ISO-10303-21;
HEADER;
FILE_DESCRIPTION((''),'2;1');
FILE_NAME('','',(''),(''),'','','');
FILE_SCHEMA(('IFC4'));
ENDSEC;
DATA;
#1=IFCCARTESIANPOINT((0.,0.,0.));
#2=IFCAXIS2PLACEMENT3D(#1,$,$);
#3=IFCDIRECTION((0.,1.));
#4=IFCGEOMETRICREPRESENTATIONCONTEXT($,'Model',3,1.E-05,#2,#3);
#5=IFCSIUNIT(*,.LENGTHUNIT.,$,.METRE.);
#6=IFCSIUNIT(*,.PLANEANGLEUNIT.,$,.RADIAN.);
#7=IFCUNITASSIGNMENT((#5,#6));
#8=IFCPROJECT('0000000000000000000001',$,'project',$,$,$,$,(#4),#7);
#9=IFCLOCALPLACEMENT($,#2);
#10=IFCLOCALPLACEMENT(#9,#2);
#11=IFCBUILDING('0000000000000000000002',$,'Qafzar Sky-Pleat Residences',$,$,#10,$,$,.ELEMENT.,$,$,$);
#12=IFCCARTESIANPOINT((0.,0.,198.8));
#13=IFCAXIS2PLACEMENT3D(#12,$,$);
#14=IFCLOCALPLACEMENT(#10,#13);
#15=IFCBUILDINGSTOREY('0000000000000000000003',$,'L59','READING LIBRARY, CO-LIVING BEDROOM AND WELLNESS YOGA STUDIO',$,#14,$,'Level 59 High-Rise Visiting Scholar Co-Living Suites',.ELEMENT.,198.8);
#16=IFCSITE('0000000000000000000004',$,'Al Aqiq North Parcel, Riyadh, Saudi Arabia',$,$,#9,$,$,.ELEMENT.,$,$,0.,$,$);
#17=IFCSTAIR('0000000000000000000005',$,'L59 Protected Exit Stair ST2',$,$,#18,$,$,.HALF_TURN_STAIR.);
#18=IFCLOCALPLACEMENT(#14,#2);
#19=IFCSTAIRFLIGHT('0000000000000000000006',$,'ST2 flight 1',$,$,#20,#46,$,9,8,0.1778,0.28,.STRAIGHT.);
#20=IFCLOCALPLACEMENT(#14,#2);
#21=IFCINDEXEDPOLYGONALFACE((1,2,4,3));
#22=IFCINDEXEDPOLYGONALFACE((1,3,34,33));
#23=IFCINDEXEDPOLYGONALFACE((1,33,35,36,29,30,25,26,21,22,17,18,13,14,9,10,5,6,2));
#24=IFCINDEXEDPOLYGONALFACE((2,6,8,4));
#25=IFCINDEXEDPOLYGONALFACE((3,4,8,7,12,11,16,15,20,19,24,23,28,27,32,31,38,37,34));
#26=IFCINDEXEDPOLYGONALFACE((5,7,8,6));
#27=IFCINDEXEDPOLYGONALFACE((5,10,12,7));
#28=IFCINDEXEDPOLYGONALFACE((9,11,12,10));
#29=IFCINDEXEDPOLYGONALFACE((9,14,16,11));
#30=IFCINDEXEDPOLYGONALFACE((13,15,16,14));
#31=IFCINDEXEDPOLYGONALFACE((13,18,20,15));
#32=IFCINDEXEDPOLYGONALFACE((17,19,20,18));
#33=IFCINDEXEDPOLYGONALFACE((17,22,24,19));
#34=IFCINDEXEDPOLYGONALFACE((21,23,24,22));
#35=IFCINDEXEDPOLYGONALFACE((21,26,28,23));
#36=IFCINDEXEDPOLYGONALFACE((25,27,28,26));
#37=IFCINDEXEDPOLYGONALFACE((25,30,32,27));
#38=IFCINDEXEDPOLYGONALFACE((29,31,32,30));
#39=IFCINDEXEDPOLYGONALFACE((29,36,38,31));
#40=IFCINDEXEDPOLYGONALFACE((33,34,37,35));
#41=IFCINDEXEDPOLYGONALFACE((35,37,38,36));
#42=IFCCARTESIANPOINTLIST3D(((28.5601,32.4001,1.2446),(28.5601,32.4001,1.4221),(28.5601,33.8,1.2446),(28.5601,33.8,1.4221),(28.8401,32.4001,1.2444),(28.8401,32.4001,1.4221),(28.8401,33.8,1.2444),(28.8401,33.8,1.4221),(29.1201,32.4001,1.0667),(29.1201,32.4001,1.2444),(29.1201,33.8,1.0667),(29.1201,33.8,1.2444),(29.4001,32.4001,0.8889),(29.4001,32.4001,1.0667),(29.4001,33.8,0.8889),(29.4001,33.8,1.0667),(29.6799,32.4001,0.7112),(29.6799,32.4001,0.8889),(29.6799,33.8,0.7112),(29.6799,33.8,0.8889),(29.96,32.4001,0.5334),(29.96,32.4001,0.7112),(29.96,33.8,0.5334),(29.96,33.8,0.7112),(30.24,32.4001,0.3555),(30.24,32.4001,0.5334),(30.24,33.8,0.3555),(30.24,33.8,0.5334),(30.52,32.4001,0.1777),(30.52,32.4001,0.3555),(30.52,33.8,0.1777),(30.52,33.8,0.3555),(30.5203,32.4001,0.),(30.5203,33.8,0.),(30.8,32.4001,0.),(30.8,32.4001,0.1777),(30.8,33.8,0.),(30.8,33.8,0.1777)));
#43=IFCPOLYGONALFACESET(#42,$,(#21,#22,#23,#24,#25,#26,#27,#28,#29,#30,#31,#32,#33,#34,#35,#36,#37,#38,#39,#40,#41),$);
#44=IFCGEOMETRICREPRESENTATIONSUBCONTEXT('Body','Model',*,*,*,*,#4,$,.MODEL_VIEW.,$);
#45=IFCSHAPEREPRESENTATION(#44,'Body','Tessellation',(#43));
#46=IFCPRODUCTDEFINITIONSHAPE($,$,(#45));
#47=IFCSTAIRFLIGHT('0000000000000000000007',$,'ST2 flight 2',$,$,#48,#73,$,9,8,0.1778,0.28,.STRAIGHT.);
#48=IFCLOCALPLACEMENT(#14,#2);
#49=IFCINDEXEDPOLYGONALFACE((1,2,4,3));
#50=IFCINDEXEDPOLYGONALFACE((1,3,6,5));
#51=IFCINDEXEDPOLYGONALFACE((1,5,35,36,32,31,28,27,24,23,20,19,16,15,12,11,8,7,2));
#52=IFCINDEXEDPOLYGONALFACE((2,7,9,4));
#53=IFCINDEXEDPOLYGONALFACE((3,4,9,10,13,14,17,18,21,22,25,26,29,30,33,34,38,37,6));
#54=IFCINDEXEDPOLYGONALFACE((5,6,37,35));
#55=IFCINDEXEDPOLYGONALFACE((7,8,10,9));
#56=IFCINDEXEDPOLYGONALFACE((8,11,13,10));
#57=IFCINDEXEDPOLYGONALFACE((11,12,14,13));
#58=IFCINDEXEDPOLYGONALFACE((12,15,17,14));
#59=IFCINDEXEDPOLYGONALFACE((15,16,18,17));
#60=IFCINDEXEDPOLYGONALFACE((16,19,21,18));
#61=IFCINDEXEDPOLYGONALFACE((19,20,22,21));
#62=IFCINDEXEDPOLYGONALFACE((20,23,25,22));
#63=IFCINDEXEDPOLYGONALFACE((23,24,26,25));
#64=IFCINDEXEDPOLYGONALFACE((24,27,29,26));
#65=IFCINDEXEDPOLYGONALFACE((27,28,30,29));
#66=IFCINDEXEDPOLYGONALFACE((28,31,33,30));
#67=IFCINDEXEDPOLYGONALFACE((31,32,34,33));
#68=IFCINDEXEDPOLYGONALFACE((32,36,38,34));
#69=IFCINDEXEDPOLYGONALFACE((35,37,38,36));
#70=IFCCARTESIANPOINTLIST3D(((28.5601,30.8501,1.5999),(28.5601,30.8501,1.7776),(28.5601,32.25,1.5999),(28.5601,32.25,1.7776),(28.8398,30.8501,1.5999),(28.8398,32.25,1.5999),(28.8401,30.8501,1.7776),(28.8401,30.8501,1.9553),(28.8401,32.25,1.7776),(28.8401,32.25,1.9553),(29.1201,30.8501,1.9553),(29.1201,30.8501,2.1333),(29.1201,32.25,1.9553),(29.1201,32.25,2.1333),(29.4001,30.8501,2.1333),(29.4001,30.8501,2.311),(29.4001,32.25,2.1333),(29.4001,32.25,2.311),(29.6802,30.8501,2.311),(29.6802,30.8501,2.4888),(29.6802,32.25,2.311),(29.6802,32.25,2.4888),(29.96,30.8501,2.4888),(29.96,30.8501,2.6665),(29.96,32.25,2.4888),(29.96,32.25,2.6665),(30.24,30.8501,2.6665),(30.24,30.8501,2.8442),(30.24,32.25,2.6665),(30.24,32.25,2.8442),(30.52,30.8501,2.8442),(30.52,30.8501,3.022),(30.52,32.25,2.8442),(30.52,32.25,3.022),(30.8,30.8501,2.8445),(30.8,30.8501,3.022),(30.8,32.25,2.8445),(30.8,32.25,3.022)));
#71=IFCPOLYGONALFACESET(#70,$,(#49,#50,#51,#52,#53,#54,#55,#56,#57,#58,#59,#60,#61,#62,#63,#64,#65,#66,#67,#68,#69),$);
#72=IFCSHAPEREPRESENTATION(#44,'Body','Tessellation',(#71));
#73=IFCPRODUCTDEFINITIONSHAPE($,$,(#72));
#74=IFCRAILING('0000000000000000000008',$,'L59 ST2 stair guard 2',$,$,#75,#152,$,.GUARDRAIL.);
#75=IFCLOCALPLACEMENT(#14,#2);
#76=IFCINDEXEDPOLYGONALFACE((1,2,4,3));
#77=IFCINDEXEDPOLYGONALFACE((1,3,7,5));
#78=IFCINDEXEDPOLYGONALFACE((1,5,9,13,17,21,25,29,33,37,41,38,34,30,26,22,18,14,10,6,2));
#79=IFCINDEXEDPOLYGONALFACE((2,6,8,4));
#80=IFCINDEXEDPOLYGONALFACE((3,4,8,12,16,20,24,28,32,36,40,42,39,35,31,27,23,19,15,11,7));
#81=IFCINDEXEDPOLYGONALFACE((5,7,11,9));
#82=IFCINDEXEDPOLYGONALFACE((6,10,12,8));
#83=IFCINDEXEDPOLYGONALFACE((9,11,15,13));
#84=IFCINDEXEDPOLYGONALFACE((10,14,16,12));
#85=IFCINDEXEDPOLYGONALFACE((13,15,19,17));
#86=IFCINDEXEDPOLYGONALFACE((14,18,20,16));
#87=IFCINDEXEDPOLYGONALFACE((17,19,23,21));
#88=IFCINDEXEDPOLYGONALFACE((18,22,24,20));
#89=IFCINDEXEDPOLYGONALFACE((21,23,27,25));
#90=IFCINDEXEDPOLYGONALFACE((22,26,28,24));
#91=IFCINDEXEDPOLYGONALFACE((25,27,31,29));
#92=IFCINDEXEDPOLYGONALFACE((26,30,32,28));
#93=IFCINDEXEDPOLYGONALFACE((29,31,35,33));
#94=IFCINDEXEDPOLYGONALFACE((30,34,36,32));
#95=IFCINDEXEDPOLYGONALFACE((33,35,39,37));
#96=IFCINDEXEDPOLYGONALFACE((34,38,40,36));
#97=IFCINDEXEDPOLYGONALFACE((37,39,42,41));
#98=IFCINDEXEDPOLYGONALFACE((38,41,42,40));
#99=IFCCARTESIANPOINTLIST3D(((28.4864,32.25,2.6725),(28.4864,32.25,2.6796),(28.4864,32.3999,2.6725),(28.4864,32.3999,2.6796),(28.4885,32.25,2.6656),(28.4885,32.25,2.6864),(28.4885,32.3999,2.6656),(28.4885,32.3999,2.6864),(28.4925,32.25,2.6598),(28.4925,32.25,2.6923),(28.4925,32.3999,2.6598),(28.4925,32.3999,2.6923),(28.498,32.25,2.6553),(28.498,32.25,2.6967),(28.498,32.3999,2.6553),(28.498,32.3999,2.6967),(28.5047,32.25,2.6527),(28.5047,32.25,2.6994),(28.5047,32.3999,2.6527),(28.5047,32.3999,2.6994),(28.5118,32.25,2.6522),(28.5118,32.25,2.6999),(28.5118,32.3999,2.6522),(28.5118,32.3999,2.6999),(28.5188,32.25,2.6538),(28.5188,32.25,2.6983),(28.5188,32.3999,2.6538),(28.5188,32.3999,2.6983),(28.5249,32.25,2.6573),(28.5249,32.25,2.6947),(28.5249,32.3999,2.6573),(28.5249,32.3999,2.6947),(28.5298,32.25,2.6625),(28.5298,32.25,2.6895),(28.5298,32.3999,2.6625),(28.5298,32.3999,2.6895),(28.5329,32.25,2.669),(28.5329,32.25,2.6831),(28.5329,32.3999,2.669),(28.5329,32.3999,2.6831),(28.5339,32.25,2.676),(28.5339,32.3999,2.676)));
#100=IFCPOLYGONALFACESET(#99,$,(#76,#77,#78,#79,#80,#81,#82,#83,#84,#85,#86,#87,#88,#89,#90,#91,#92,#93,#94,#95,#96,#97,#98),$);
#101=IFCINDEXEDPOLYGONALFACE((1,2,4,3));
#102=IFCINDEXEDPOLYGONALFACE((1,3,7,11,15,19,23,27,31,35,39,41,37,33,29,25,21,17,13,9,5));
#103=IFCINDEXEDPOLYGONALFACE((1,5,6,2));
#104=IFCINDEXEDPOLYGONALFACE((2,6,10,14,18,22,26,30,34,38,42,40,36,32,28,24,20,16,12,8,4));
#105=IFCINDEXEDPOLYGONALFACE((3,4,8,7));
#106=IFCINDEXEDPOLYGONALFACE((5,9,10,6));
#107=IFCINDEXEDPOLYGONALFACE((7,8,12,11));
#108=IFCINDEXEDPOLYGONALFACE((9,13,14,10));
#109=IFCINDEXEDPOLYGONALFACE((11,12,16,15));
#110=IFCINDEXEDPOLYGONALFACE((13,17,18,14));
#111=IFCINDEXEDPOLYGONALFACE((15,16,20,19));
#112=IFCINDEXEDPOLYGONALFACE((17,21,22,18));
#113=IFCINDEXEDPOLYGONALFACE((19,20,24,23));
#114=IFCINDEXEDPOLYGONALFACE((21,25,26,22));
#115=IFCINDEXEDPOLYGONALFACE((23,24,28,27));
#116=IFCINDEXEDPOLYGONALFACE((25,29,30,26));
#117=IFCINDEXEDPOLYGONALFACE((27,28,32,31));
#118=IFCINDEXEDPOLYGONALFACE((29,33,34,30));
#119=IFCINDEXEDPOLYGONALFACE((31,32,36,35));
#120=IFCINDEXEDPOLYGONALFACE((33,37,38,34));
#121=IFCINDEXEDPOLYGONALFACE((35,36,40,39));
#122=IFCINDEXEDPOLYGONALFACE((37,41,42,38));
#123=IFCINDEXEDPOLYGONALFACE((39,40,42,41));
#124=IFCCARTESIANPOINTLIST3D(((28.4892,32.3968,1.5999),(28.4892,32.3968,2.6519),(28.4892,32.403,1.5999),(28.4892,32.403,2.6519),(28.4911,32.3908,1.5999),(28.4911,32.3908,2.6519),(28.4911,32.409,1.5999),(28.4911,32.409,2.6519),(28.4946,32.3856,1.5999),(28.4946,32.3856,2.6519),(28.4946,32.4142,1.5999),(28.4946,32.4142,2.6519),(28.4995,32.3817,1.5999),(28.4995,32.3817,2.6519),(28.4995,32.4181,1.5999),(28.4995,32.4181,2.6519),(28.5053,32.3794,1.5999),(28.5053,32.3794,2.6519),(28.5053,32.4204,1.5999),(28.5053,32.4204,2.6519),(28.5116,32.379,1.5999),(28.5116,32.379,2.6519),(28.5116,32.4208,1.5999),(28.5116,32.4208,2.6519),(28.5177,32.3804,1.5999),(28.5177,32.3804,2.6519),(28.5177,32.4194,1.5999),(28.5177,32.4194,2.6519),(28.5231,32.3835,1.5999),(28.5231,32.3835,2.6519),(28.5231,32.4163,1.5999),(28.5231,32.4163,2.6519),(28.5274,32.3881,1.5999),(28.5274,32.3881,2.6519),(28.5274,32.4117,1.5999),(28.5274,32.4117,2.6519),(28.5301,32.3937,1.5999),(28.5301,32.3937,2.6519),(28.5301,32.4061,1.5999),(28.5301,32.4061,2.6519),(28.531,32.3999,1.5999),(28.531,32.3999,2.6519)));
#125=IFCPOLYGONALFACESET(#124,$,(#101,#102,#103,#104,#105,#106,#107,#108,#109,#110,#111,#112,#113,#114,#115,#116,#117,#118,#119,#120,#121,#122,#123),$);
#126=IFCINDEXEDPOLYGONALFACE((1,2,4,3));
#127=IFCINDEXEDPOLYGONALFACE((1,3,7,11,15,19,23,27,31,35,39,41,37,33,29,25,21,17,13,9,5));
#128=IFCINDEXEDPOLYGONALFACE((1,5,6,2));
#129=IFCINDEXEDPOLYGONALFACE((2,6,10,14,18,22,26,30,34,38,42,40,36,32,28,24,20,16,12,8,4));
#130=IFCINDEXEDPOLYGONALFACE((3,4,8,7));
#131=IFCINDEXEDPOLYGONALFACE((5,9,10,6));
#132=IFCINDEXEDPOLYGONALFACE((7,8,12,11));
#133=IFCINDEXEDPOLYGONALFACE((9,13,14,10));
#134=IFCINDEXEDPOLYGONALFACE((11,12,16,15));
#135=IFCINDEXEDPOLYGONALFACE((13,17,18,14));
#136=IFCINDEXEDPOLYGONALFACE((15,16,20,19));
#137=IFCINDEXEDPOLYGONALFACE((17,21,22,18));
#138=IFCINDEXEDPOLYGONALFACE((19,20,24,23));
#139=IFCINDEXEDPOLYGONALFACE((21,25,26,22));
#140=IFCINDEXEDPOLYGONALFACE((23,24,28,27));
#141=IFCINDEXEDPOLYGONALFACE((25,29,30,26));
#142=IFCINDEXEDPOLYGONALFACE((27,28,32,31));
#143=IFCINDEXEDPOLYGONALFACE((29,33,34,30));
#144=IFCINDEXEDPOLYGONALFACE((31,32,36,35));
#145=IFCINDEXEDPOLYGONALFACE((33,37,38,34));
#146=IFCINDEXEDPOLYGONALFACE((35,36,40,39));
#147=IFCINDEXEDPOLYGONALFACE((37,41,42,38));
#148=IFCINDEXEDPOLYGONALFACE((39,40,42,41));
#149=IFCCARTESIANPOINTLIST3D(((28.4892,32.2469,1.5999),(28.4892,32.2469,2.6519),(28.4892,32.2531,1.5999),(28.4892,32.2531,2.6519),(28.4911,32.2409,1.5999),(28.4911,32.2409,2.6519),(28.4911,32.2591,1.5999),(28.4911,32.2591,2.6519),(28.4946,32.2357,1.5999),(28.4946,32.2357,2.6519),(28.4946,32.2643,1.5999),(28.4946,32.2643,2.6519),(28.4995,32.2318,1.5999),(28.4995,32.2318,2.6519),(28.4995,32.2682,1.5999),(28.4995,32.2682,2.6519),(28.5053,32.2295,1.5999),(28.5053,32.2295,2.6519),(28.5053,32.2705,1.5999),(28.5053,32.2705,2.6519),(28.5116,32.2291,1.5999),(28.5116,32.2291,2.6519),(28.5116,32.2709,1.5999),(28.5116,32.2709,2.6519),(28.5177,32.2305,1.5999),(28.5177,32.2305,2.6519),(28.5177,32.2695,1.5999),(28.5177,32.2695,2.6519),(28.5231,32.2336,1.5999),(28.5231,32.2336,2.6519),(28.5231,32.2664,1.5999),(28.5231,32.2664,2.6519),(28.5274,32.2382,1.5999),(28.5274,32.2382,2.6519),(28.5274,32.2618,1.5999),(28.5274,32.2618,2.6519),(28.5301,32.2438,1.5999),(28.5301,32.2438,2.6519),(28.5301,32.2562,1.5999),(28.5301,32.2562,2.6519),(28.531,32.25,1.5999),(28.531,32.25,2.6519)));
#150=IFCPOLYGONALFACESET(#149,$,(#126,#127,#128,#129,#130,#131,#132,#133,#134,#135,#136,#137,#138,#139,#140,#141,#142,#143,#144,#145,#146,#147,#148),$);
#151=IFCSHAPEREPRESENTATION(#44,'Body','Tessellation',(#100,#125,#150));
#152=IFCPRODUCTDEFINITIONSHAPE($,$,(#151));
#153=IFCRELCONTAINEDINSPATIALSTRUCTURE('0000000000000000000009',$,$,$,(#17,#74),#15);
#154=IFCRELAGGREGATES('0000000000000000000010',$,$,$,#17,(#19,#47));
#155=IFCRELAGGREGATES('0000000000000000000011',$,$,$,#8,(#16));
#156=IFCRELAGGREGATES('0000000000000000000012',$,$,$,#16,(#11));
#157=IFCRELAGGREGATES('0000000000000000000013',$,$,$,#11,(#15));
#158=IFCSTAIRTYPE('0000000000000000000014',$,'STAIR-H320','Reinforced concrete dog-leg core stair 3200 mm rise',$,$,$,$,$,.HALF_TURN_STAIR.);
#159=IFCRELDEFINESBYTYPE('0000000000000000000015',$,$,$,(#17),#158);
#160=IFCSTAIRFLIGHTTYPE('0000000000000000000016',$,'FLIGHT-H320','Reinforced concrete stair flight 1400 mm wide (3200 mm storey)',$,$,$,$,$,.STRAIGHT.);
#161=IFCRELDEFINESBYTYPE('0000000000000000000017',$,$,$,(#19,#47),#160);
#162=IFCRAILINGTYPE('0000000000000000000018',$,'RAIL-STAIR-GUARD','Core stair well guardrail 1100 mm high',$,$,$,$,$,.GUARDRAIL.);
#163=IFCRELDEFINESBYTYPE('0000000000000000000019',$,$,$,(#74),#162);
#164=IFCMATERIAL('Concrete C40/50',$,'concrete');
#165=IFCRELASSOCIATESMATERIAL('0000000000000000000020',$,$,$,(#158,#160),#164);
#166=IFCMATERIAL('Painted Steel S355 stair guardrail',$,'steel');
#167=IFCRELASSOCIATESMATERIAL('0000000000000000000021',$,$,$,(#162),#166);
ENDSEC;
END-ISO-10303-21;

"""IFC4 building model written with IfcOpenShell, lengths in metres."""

from ifc_helpers import new_model, si_unit, direction, frame, origin, origin_2d, place, context, subcontext, project, spatial, polyline, circle, outline, extrude, source, transform, mapped, material, type_object, element, aggregate, save


model = new_model("IFC4")

# Units and contexts
model_context = context("Model", 3, precision=1e-05, world=origin(), true_north=direction((0.0, 1.0)))
body_context = subcontext(model_context, "Body", "Model", "MODEL_VIEW")
ifc_project = project(units=[si_unit("LENGTHUNIT", "METRE"), si_unit("PLANEANGLEUNIT", "RADIAN")], contexts=[model_context])

# Site, building, storey
site_placement = place(None, origin())
site = spatial("IfcSite", under=ifc_project, at=site_placement, Name="Al Aqiq North Parcel, Riyadh, Saudi Arabia", CompositionType="ELEMENT", RefElevation=0.0)
building_placement = place(site_placement, origin())
building = spatial("IfcBuilding", under=site, at=building_placement, Name="Qafzar Sky-Pleat Residences", CompositionType="ELEMENT")
storey_placement = place(building_placement, frame((0.0, 0.0, 198.8)))
storey = spatial("IfcBuildingStorey", under=building, at=storey_placement, Name="L59", Description="READING LIBRARY, CO-LIVING BEDROOM AND WELLNESS YOGA STUDIO", LongName="Level 59 High-Rise Visiting Scholar Co-Living Suites", CompositionType="ELEMENT", Elevation=198.8)

# Stair, stair flights
ifc_material_1 = material(Name="Concrete C40/50", Category="concrete")
stair_type = type_object("IfcStairType", Name="STAIR-H320", Description="Reinforced concrete dog-leg core stair 3200 mm rise", PredefinedType="HALF_TURN_STAIR", material=ifc_material_1)
stair_placement = place(storey_placement, origin())
stair = element("IfcStair", 1, at=stair_placement, inside=storey, type_object=stair_type, Name="L59 Protected Exit Stair ST2", PredefinedType="HALF_TURN_STAIR")
stair_flight_type = type_object("IfcStairFlightType", Name="FLIGHT-H320", Description="Reinforced concrete stair flight 1400 mm wide (3200 mm storey)", PredefinedType="STRAIGHT", material=ifc_material_1)
shared_shape_1 = source(origin(), body_context, "Body", "SweptSolid", [
    extrude(outline(polyline([(0.0, 0.0), (0.0, 0.1777), (0.28, 0.1777), (0.28, 0.3555), (0.5601, 0.3555), (0.5601, 0.5334), (0.8401, 0.5334), (0.8401, 0.7112), (1.1201, 0.7112), (1.1201, 0.8889), (1.3999, 0.8889), (1.3999, 1.0667), (1.6799, 1.0667), (1.6799, 1.2444), (1.96, 1.2444), (1.96, 1.4221), (2.24, 1.4221), (2.24, 1.6001), (2.24, 1.2446), (0.2798, 0.0), (0.0, 0.0)])), frame((0.0, 0.7, 0.0), z_axis=(0.0, -1.0, 0.0), x_axis=(1.0, 0.0, 0.0)), (0.0, 0.0, 1.0), 1.3999),
])
stair_flight_1_placement = place(storey_placement, frame((30.8, 33.1001, 0.0), z_axis=(0.0, 0.0, 1.0), x_axis=(-1.0, 0.0, 0.0)))
stair_flight_1 = element("IfcStairFlight", 2, at=stair_flight_1_placement, type_object=stair_flight_type, Name="ST2 flight 1", NumberOfRisers=9, NumberOfTreads=8, PredefinedType="STRAIGHT", RiserHeight=0.1778, TreadLength=0.28, context=body_context, shape_type="MappedRepresentation", body=[
    mapped(shared_shape_1, transform((0.0, 0.0, 0.0), x_axis=(1.0, 0.0, 0.0), y_axis=(0.0, 1.0, 0.0), z_axis=(0.0, 0.0, 1.0), scale=1.0)),
])
stair_flight_2_placement = place(storey_placement, frame((28.5601, 31.55, 1.5999), z_axis=(0.0, 0.0, 1.0), x_axis=(1.0, 0.0, 0.0)))
stair_flight_2 = element("IfcStairFlight", 3, at=stair_flight_2_placement, type_object=stair_flight_type, Name="ST2 flight 2", NumberOfRisers=9, NumberOfTreads=8, PredefinedType="STRAIGHT", RiserHeight=0.1778, TreadLength=0.28, context=body_context, shape_type="MappedRepresentation", body=[
    mapped(shared_shape_1, transform((0.0, 0.0, 0.0), x_axis=(1.0, 0.0, 0.0), y_axis=(0.0, 1.0, 0.0), z_axis=(0.0, 0.0, 1.0), scale=1.0)),
])
aggregate(stair, [stair_flight_1, stair_flight_2])

# Railing
ifc_material_2 = material(Name="Painted Steel S355 stair guardrail", Category="steel")
railing_type_1 = type_object("IfcRailingType", Name="RAIL-STAIR-GUARD", Description="Core stair well guardrail 1100 mm high", PredefinedType="GUARDRAIL", material=ifc_material_2)
shared_shape_2 = source(origin(), body_context, "Body", "SweptSolid", [
    extrude(circle(Radius=0.0239, at=origin_2d()), frame((0.0, 0.0, 1.0762), z_axis=(0.0, -1.0, 0.0), x_axis=(1.0, 0.0, 0.0)), (0.0, 0.0, 1.0), 0.1499),
    extrude(circle(Radius=0.021, at=origin_2d()), origin(), (0.0, 0.0, 1.0), 1.052),
    extrude(circle(Radius=0.021, at=origin_2d()), frame((0.0, -0.1499, 0.0)), (0.0, 0.0, 1.0), 1.052),
])
for number, where, name in (
    (4, (28.51, 32.3999, 1.5999), "L59 ST2 stair guard 2"),
):
    element("IfcRailing", number, at=place(storey_placement, frame(where)), inside=storey, type_object=railing_type_1, Name=name, PredefinedType="GUARDRAIL", context=body_context, shape_type="MappedRepresentation", body=[
        mapped(shared_shape_2, transform((0.0, 0.0, 0.0), x_axis=(1.0, 0.0, 0.0), y_axis=(0.0, 1.0, 0.0), z_axis=(0.0, 0.0, 1.0), scale=1.0)),
    ])

save(model, "model.ifc")
